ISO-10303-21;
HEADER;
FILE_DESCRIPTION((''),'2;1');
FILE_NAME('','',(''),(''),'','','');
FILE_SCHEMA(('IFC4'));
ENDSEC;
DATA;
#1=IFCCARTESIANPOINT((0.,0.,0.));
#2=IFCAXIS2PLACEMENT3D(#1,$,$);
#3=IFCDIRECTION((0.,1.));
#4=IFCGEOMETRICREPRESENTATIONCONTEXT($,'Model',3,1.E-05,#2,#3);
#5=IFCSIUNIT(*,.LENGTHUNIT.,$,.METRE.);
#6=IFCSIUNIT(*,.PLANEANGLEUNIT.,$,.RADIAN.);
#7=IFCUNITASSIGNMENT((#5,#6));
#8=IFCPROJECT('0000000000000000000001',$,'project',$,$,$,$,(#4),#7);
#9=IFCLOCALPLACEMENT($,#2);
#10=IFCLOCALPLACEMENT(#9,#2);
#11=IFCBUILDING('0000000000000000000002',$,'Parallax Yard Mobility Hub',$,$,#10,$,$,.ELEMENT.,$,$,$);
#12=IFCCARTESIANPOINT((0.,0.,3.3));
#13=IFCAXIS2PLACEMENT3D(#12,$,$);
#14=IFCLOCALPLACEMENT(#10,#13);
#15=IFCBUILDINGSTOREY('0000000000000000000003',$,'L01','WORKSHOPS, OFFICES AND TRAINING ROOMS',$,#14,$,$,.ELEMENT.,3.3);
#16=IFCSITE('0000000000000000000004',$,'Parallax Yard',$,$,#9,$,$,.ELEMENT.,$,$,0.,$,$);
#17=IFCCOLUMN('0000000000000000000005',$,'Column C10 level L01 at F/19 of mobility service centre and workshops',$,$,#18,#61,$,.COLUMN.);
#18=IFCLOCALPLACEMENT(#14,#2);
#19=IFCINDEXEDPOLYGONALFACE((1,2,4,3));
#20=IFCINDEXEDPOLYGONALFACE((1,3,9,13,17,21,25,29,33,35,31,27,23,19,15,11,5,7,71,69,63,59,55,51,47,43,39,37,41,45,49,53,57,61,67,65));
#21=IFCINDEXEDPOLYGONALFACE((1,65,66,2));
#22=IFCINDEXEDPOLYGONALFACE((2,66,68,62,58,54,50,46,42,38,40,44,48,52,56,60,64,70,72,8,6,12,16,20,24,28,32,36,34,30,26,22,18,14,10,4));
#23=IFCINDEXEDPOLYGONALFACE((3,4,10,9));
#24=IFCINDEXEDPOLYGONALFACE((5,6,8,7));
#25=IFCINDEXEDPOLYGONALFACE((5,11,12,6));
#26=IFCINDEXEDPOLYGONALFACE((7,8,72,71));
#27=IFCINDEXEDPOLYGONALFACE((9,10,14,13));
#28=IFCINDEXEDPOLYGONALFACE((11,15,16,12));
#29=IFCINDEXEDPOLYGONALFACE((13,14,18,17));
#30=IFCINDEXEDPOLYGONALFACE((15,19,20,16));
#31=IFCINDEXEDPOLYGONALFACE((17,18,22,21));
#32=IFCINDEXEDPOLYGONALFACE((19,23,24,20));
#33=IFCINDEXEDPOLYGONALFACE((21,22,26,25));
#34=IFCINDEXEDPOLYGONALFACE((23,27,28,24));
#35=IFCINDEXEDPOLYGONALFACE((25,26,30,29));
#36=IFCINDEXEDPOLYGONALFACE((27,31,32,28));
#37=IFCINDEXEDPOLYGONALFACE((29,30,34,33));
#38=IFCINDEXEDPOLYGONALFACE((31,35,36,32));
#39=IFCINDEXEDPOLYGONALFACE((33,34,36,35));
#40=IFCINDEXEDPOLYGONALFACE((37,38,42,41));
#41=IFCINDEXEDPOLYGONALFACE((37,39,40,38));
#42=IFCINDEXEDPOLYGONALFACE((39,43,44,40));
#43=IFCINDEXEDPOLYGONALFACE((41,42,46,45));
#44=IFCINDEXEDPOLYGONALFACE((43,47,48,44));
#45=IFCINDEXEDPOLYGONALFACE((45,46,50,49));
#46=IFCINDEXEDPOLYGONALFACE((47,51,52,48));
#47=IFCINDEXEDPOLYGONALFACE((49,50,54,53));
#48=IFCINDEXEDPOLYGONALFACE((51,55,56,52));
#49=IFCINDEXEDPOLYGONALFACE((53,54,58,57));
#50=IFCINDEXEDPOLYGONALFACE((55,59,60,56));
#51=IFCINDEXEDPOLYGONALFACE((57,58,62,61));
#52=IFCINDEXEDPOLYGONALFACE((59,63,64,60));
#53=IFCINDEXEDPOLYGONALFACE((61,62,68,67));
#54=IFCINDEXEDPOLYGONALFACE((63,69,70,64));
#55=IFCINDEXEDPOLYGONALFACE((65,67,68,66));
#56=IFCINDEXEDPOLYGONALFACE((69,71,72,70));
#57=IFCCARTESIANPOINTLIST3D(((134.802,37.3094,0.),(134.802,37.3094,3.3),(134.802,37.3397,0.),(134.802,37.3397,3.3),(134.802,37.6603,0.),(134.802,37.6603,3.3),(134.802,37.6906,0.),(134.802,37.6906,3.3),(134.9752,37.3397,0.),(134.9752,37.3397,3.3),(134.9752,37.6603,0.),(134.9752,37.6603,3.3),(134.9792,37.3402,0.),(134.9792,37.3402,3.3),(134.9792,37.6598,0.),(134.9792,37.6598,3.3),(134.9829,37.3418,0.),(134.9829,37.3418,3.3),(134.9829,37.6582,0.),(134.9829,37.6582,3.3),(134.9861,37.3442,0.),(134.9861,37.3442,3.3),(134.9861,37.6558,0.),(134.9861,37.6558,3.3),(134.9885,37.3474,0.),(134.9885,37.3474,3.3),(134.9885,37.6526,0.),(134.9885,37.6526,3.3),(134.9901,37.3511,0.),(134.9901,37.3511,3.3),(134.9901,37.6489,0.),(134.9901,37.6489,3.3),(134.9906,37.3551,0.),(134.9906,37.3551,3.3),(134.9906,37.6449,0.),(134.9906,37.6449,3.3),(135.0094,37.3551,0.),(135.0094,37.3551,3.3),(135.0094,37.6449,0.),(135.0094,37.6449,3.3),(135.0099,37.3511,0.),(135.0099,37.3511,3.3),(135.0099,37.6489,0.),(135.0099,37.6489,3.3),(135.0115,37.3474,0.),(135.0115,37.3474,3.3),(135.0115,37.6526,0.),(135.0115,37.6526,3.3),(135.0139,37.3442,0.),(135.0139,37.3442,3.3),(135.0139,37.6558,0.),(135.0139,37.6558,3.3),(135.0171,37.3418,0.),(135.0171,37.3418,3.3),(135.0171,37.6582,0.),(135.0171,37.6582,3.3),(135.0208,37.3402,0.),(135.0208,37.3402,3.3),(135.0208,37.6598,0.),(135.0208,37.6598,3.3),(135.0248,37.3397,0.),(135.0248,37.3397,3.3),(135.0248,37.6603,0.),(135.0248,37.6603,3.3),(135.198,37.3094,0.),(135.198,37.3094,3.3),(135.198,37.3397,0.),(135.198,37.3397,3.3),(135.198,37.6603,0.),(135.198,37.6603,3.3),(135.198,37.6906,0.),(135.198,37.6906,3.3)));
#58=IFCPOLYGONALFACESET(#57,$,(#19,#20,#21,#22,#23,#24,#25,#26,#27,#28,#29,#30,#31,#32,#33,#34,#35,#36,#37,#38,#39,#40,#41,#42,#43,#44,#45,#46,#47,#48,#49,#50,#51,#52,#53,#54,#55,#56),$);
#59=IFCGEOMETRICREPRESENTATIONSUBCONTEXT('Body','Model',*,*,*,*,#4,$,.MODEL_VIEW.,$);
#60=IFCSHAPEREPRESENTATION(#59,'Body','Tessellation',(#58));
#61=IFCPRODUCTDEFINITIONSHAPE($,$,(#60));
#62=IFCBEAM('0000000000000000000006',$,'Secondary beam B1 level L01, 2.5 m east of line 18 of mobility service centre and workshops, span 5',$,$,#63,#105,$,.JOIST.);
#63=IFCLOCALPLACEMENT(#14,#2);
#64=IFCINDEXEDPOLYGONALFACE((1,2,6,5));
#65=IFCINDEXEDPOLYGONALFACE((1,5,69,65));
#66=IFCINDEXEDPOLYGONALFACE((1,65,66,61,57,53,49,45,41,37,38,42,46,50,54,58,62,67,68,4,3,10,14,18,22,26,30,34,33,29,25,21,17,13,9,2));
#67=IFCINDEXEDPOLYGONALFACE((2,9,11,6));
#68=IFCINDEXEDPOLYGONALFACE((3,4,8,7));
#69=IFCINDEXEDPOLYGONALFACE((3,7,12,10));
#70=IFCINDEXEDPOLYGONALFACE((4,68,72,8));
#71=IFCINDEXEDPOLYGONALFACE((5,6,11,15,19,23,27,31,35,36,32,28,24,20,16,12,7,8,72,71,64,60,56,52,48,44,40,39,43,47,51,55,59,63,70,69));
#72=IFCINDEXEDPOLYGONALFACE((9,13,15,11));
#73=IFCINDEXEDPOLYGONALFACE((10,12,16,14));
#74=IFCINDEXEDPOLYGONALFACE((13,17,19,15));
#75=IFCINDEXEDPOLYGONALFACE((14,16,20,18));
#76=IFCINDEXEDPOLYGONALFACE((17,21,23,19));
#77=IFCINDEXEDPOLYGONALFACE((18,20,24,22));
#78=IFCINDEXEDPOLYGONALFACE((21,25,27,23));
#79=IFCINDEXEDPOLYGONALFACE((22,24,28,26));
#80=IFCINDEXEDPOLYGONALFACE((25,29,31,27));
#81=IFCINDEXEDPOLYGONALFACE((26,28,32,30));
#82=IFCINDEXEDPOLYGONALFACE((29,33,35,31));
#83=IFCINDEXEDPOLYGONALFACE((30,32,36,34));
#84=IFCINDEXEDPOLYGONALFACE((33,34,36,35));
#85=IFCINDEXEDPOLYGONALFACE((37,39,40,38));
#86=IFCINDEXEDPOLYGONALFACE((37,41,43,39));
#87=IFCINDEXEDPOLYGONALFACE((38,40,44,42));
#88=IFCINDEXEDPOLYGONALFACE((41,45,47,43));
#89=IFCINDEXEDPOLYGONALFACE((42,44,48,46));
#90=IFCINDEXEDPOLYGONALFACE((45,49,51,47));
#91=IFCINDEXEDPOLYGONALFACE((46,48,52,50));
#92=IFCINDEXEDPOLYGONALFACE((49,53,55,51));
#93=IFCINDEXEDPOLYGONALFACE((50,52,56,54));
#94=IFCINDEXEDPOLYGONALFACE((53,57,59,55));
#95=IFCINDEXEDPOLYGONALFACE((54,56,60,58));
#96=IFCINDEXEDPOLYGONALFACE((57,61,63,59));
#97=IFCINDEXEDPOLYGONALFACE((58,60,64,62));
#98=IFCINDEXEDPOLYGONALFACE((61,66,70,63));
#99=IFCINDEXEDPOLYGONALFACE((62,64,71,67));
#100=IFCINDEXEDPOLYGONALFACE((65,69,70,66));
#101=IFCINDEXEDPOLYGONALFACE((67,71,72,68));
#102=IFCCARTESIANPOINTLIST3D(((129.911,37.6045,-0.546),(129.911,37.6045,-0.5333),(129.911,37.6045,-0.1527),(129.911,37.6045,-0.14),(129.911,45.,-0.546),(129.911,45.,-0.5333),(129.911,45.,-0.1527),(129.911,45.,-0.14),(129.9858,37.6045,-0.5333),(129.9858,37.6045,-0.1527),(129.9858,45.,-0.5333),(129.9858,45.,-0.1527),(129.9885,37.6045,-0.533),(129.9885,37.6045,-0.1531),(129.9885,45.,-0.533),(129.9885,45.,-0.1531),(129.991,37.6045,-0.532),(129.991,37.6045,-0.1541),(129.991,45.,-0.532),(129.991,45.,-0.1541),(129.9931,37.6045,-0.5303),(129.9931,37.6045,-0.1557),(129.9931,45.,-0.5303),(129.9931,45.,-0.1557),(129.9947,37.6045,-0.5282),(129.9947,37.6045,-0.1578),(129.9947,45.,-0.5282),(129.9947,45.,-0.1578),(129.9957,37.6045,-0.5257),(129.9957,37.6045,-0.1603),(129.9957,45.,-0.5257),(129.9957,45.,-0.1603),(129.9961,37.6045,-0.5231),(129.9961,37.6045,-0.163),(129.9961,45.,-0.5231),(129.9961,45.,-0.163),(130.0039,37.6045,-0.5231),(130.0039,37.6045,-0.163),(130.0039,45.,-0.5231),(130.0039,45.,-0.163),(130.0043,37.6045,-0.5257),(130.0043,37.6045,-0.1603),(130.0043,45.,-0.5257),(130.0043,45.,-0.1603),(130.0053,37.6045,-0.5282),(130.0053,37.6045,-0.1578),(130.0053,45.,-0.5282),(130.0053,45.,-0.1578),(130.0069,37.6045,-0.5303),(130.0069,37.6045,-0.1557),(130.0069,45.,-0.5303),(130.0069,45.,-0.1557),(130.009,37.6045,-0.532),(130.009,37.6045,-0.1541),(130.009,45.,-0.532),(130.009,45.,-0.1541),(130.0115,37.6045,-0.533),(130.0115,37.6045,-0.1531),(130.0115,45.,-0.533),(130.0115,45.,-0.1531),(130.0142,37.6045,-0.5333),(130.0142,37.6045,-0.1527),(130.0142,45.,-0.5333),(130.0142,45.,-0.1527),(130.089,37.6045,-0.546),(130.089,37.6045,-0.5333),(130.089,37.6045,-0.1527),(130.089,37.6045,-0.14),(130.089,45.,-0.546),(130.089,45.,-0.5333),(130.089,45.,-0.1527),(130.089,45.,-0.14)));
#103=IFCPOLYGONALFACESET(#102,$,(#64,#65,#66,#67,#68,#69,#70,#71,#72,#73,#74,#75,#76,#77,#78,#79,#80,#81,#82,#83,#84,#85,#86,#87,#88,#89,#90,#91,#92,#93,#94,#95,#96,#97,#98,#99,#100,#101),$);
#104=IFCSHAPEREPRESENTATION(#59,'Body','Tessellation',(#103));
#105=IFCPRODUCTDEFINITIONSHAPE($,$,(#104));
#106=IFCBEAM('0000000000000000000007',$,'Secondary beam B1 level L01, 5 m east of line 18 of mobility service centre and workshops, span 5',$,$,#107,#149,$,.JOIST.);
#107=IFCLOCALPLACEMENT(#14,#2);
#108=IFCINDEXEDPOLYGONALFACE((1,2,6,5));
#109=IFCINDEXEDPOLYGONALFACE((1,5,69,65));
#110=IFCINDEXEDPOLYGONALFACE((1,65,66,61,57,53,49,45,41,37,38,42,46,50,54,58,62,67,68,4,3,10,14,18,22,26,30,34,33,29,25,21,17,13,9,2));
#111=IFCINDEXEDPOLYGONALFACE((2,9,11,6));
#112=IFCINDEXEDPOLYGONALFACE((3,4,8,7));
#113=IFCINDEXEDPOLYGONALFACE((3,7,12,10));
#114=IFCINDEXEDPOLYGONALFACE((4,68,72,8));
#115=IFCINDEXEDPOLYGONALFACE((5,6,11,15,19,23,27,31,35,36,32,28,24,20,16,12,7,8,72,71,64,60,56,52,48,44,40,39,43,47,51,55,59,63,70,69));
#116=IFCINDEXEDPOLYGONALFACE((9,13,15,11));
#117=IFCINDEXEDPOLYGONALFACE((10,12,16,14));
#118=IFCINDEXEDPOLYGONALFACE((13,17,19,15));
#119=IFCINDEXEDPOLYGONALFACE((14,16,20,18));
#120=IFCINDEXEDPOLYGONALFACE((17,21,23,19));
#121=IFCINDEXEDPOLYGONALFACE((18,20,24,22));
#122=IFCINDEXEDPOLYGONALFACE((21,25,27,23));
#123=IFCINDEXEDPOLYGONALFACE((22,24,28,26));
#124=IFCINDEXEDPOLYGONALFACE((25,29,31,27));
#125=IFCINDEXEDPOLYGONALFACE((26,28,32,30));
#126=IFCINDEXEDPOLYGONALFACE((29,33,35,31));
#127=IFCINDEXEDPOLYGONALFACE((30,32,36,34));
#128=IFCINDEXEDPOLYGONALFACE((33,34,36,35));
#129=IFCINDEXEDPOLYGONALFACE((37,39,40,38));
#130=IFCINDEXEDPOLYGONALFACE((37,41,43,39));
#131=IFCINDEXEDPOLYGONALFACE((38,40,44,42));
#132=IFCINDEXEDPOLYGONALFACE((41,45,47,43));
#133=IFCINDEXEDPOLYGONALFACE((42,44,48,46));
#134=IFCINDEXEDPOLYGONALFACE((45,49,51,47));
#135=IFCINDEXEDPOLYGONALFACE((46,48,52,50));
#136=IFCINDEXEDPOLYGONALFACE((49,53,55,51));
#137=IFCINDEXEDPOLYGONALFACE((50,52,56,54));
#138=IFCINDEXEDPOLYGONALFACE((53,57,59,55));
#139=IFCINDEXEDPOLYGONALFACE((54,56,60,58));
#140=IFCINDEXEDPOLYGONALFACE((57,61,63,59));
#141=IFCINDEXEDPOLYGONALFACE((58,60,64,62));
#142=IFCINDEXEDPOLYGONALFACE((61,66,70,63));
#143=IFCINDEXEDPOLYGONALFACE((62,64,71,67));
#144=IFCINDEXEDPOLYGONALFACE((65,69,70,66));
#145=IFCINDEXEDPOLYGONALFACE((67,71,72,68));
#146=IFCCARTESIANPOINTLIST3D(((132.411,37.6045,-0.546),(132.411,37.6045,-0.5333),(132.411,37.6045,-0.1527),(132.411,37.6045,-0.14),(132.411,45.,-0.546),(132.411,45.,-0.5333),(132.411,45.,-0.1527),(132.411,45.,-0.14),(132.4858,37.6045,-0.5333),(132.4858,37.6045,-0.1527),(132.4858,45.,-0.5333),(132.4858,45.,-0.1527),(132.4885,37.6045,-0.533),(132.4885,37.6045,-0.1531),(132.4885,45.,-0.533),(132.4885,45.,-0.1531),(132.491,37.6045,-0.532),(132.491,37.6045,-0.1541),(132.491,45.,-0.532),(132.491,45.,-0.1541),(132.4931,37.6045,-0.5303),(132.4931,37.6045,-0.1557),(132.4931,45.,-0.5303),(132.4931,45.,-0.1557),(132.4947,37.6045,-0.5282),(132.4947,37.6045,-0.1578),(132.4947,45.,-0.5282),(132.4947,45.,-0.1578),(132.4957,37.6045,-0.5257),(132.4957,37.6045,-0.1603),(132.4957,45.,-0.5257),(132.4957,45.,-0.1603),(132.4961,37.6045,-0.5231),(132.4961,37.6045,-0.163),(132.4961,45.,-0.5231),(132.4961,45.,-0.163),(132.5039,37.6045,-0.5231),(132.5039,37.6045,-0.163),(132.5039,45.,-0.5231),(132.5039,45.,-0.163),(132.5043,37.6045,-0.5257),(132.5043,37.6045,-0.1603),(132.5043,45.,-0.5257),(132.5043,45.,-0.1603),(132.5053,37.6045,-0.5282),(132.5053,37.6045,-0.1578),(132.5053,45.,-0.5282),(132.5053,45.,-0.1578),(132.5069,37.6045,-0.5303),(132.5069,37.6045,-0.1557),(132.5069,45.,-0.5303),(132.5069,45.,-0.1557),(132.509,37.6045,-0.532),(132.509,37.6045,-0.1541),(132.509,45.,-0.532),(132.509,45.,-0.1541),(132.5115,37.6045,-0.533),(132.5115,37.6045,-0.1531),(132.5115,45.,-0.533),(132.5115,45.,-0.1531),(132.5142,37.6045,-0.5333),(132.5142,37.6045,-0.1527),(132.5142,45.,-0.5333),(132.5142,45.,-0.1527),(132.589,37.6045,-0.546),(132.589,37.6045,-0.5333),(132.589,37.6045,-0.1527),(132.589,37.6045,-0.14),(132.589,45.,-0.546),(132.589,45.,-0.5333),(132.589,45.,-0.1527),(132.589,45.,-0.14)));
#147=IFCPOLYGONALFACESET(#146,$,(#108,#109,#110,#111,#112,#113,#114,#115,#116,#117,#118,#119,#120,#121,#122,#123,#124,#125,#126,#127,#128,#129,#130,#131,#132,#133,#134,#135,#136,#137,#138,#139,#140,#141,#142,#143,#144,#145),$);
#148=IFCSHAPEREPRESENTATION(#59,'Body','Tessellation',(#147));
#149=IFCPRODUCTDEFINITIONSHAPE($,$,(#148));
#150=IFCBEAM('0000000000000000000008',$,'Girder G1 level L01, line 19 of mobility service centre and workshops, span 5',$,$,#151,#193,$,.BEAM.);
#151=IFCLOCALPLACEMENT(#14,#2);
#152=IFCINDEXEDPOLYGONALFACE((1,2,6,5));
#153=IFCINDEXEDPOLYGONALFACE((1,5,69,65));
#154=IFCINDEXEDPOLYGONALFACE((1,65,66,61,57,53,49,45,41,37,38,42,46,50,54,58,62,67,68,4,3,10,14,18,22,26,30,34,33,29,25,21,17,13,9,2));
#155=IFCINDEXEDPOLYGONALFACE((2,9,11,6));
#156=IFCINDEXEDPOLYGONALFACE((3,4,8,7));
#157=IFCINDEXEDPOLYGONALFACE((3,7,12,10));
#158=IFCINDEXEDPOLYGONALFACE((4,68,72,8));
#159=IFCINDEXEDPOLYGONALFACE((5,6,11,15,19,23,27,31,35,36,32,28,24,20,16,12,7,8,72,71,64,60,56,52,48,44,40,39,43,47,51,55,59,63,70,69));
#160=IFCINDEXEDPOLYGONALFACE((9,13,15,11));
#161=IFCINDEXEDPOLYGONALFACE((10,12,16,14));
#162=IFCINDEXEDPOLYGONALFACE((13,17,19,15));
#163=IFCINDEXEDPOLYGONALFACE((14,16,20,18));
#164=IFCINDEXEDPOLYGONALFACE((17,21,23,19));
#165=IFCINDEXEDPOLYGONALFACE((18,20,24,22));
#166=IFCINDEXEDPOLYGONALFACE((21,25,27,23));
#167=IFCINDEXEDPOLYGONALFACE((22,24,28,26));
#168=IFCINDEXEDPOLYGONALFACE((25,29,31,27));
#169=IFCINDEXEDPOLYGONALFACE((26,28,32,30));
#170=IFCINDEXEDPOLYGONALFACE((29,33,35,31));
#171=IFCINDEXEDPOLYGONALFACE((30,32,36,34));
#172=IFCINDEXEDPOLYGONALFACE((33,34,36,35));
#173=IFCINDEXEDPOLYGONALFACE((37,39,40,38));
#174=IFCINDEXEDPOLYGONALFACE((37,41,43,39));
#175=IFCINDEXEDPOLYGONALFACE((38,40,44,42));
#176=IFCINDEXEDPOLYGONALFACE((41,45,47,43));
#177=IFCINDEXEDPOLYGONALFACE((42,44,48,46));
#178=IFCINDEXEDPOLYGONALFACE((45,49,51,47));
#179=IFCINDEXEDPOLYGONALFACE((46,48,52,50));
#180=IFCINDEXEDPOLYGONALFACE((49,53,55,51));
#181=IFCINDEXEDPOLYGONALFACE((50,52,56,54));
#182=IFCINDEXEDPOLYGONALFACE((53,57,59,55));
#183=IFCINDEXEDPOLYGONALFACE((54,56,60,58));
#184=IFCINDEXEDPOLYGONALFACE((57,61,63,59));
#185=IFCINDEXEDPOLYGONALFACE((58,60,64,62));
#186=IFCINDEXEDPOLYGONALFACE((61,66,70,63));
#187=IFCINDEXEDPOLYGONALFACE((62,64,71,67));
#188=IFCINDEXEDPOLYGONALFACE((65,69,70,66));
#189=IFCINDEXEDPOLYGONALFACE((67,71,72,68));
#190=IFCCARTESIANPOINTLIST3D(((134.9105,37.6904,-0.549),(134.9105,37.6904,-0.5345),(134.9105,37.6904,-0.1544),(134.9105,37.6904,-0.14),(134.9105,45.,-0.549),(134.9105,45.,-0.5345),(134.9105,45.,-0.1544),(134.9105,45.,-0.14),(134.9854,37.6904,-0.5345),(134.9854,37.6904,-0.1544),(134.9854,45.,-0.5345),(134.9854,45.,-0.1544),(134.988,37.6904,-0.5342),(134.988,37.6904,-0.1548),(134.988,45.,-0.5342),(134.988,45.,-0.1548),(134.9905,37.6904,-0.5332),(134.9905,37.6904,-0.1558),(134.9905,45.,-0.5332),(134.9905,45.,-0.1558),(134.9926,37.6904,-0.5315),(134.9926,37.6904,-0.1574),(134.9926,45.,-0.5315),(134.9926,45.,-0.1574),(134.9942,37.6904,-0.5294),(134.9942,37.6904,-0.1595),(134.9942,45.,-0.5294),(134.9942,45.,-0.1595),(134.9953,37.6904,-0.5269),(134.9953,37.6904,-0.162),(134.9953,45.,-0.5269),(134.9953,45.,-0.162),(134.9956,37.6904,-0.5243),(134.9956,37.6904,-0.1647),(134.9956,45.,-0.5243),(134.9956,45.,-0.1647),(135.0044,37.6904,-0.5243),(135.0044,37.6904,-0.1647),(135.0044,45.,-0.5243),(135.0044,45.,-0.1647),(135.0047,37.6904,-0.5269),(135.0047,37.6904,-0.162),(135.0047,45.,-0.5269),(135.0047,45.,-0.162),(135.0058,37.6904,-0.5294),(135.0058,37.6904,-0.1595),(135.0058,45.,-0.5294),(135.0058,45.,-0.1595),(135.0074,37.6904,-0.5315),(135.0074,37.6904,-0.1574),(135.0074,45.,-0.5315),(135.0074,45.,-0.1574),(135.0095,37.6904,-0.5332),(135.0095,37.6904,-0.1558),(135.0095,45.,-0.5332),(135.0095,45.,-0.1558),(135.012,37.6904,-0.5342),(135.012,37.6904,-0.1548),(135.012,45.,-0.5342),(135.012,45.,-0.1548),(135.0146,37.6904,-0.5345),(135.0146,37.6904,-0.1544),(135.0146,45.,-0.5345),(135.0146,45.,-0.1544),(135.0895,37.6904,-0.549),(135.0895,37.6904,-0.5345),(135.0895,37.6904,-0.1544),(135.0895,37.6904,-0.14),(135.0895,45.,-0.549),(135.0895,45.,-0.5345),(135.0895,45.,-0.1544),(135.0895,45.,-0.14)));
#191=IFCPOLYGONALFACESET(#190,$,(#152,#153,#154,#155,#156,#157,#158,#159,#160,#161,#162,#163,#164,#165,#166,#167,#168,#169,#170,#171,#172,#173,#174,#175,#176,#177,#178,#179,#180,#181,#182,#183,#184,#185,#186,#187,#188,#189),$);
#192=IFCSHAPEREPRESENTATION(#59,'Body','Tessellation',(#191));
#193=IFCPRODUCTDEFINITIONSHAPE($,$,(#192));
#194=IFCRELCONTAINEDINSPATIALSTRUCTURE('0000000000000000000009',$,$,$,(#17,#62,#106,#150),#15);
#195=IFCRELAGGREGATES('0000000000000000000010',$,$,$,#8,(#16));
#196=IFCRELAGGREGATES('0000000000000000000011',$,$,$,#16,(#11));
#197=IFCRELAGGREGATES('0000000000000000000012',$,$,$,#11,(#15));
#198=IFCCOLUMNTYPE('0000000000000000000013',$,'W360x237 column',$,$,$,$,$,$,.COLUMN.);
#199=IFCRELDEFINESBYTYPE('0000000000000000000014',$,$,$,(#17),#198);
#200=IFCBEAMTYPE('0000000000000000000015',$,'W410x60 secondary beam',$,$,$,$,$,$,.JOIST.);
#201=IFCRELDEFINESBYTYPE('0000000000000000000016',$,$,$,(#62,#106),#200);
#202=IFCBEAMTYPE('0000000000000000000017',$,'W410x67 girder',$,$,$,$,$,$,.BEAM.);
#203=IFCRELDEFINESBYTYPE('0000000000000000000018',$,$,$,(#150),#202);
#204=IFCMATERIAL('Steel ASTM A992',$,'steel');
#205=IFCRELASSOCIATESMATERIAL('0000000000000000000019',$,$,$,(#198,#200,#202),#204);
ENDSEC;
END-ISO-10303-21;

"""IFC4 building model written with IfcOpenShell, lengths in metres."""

from ifc_helpers import new_model, si_unit, direction, frame, origin, origin_2d, place, context, subcontext, project, spatial, i_section, extrude, material, material_profile, profile_set, type_object, element, save


model = new_model("IFC4")

# Units and contexts
model_context = context("Model", 3, precision=1e-05, world=origin(), true_north=direction((0.0, 1.0)))
body_context = subcontext(model_context, "Body", "Model", "MODEL_VIEW")
ifc_project = project(units=[si_unit("LENGTHUNIT", "METRE"), si_unit("PLANEANGLEUNIT", "RADIAN")], contexts=[model_context])

# Site, building, storey
site_placement = place(None, origin())
site = spatial("IfcSite", under=ifc_project, at=site_placement, Name="Parallax Yard", CompositionType="ELEMENT", RefElevation=0.0)
building_placement = place(site_placement, origin())
building = spatial("IfcBuilding", under=site, at=building_placement, Name="Parallax Yard Mobility Hub", CompositionType="ELEMENT")
storey_placement = place(building_placement, frame((0.0, 0.0, 3.3)))
storey = spatial("IfcBuildingStorey", under=building, at=storey_placement, Name="L01", Description="WORKSHOPS, OFFICES AND TRAINING ROOMS", CompositionType="ELEMENT", Elevation=3.3)

# Column
ifc_material_1 = material(Name="Steel ASTM A992", Category="steel")
ifc_material_profile_1 = material_profile(ifc_material_1, i_section(OverallWidth=0.396, OverallDepth=0.3811, WebThickness=0.0188, FlangeThickness=0.0303, FilletRadius=0.0154, at=origin_2d()), Name="W360x237")
ifc_profile_set_1 = profile_set([ifc_material_profile_1], Name="Steel ASTM A992")
column_type = type_object("IfcColumnType", Name="W360x237 column", PredefinedType="COLUMN", material=ifc_profile_set_1)
column_placement = place(storey_placement, frame((135.0, 37.5, 0.0), z_axis=(0.0, 0.0, 1.0), x_axis=(1.0, 0.0, 0.0)))
element("IfcColumn", 1, at=column_placement, inside=storey, type_object=column_type, Name="Column C10 level L01 at F/19 of mobility service centre and workshops", PredefinedType="COLUMN", context=body_context, shape_type="SweptSolid", body=[
    extrude(i_section(OverallWidth=0.396, OverallDepth=0.3811, WebThickness=0.0188, FlangeThickness=0.0303, FilletRadius=0.0154, at=origin_2d()), origin(), (0.0, 0.0, 1.0), 3.3),
])

# Beams
ifc_material_profile_2 = material_profile(ifc_material_1, i_section(OverallWidth=0.178, OverallDepth=0.406, WebThickness=0.0078, FlangeThickness=0.0127, FilletRadius=0.0103, at=origin_2d()), Name="W410x60")
ifc_profile_set_2 = profile_set([ifc_material_profile_2], Name="Steel ASTM A992")
beam_type_1 = type_object("IfcBeamType", Name="W410x60 secondary beam", PredefinedType="JOIST", material=ifc_profile_set_2)
for number, where, z_axis, x_axis, name in (
    (2, (130.0, 37.6045, -0.343), (0.0, 1.0, 0.0), (-1.0, 0.0, 0.0), "Secondary beam B1 level L01, 2.5 m east of line 18 of mobility service centre and workshops, span 5"),
    (3, (132.5, 37.6045, -0.343), (0.0, 1.0, 0.0), (-1.0, 0.0, 0.0), "Secondary beam B1 level L01, 5 m east of line 18 of mobility service centre and workshops, span 5"),
):
    element("IfcBeam", number, at=place(storey_placement, frame(where, z_axis=z_axis, x_axis=x_axis)), inside=storey, type_object=beam_type_1, Name=name, PredefinedType="JOIST", context=body_context, shape_type="SweptSolid", body=[
        extrude(i_section(OverallWidth=0.178, OverallDepth=0.406, WebThickness=0.0078, FlangeThickness=0.0127, FilletRadius=0.0103, at=origin_2d()), origin(), (0.0, 0.0, 1.0), 7.3955),
    ])
ifc_material_profile_3 = material_profile(ifc_material_1, i_section(OverallWidth=0.179, OverallDepth=0.4089, WebThickness=0.0088, FlangeThickness=0.0144, FilletRadius=0.0103, at=origin_2d()), Name="W410x67")
ifc_profile_set_3 = profile_set([ifc_material_profile_3], Name="Steel ASTM A992")
beam_type_2 = type_object("IfcBeamType", Name="W410x67 girder", PredefinedType="BEAM", material=ifc_profile_set_3)
beam_1_placement = place(storey_placement, frame((135.0, 37.6904, -0.3445), z_axis=(0.0, 1.0, 0.0), x_axis=(-1.0, 0.0, 0.0)))
element("IfcBeam", 4, at=beam_1_placement, inside=storey, type_object=beam_type_2, Name="Girder G1 level L01, line 19 of mobility service centre and workshops, span 5", PredefinedType="BEAM", context=body_context, shape_type="SweptSolid", body=[
    extrude(i_section(OverallWidth=0.179, OverallDepth=0.4089, WebThickness=0.0088, FlangeThickness=0.0144, FilletRadius=0.0103, at=origin_2d()), origin(), (0.0, 0.0, 1.0), 7.3096),
])

save(model, "model.ifc")
